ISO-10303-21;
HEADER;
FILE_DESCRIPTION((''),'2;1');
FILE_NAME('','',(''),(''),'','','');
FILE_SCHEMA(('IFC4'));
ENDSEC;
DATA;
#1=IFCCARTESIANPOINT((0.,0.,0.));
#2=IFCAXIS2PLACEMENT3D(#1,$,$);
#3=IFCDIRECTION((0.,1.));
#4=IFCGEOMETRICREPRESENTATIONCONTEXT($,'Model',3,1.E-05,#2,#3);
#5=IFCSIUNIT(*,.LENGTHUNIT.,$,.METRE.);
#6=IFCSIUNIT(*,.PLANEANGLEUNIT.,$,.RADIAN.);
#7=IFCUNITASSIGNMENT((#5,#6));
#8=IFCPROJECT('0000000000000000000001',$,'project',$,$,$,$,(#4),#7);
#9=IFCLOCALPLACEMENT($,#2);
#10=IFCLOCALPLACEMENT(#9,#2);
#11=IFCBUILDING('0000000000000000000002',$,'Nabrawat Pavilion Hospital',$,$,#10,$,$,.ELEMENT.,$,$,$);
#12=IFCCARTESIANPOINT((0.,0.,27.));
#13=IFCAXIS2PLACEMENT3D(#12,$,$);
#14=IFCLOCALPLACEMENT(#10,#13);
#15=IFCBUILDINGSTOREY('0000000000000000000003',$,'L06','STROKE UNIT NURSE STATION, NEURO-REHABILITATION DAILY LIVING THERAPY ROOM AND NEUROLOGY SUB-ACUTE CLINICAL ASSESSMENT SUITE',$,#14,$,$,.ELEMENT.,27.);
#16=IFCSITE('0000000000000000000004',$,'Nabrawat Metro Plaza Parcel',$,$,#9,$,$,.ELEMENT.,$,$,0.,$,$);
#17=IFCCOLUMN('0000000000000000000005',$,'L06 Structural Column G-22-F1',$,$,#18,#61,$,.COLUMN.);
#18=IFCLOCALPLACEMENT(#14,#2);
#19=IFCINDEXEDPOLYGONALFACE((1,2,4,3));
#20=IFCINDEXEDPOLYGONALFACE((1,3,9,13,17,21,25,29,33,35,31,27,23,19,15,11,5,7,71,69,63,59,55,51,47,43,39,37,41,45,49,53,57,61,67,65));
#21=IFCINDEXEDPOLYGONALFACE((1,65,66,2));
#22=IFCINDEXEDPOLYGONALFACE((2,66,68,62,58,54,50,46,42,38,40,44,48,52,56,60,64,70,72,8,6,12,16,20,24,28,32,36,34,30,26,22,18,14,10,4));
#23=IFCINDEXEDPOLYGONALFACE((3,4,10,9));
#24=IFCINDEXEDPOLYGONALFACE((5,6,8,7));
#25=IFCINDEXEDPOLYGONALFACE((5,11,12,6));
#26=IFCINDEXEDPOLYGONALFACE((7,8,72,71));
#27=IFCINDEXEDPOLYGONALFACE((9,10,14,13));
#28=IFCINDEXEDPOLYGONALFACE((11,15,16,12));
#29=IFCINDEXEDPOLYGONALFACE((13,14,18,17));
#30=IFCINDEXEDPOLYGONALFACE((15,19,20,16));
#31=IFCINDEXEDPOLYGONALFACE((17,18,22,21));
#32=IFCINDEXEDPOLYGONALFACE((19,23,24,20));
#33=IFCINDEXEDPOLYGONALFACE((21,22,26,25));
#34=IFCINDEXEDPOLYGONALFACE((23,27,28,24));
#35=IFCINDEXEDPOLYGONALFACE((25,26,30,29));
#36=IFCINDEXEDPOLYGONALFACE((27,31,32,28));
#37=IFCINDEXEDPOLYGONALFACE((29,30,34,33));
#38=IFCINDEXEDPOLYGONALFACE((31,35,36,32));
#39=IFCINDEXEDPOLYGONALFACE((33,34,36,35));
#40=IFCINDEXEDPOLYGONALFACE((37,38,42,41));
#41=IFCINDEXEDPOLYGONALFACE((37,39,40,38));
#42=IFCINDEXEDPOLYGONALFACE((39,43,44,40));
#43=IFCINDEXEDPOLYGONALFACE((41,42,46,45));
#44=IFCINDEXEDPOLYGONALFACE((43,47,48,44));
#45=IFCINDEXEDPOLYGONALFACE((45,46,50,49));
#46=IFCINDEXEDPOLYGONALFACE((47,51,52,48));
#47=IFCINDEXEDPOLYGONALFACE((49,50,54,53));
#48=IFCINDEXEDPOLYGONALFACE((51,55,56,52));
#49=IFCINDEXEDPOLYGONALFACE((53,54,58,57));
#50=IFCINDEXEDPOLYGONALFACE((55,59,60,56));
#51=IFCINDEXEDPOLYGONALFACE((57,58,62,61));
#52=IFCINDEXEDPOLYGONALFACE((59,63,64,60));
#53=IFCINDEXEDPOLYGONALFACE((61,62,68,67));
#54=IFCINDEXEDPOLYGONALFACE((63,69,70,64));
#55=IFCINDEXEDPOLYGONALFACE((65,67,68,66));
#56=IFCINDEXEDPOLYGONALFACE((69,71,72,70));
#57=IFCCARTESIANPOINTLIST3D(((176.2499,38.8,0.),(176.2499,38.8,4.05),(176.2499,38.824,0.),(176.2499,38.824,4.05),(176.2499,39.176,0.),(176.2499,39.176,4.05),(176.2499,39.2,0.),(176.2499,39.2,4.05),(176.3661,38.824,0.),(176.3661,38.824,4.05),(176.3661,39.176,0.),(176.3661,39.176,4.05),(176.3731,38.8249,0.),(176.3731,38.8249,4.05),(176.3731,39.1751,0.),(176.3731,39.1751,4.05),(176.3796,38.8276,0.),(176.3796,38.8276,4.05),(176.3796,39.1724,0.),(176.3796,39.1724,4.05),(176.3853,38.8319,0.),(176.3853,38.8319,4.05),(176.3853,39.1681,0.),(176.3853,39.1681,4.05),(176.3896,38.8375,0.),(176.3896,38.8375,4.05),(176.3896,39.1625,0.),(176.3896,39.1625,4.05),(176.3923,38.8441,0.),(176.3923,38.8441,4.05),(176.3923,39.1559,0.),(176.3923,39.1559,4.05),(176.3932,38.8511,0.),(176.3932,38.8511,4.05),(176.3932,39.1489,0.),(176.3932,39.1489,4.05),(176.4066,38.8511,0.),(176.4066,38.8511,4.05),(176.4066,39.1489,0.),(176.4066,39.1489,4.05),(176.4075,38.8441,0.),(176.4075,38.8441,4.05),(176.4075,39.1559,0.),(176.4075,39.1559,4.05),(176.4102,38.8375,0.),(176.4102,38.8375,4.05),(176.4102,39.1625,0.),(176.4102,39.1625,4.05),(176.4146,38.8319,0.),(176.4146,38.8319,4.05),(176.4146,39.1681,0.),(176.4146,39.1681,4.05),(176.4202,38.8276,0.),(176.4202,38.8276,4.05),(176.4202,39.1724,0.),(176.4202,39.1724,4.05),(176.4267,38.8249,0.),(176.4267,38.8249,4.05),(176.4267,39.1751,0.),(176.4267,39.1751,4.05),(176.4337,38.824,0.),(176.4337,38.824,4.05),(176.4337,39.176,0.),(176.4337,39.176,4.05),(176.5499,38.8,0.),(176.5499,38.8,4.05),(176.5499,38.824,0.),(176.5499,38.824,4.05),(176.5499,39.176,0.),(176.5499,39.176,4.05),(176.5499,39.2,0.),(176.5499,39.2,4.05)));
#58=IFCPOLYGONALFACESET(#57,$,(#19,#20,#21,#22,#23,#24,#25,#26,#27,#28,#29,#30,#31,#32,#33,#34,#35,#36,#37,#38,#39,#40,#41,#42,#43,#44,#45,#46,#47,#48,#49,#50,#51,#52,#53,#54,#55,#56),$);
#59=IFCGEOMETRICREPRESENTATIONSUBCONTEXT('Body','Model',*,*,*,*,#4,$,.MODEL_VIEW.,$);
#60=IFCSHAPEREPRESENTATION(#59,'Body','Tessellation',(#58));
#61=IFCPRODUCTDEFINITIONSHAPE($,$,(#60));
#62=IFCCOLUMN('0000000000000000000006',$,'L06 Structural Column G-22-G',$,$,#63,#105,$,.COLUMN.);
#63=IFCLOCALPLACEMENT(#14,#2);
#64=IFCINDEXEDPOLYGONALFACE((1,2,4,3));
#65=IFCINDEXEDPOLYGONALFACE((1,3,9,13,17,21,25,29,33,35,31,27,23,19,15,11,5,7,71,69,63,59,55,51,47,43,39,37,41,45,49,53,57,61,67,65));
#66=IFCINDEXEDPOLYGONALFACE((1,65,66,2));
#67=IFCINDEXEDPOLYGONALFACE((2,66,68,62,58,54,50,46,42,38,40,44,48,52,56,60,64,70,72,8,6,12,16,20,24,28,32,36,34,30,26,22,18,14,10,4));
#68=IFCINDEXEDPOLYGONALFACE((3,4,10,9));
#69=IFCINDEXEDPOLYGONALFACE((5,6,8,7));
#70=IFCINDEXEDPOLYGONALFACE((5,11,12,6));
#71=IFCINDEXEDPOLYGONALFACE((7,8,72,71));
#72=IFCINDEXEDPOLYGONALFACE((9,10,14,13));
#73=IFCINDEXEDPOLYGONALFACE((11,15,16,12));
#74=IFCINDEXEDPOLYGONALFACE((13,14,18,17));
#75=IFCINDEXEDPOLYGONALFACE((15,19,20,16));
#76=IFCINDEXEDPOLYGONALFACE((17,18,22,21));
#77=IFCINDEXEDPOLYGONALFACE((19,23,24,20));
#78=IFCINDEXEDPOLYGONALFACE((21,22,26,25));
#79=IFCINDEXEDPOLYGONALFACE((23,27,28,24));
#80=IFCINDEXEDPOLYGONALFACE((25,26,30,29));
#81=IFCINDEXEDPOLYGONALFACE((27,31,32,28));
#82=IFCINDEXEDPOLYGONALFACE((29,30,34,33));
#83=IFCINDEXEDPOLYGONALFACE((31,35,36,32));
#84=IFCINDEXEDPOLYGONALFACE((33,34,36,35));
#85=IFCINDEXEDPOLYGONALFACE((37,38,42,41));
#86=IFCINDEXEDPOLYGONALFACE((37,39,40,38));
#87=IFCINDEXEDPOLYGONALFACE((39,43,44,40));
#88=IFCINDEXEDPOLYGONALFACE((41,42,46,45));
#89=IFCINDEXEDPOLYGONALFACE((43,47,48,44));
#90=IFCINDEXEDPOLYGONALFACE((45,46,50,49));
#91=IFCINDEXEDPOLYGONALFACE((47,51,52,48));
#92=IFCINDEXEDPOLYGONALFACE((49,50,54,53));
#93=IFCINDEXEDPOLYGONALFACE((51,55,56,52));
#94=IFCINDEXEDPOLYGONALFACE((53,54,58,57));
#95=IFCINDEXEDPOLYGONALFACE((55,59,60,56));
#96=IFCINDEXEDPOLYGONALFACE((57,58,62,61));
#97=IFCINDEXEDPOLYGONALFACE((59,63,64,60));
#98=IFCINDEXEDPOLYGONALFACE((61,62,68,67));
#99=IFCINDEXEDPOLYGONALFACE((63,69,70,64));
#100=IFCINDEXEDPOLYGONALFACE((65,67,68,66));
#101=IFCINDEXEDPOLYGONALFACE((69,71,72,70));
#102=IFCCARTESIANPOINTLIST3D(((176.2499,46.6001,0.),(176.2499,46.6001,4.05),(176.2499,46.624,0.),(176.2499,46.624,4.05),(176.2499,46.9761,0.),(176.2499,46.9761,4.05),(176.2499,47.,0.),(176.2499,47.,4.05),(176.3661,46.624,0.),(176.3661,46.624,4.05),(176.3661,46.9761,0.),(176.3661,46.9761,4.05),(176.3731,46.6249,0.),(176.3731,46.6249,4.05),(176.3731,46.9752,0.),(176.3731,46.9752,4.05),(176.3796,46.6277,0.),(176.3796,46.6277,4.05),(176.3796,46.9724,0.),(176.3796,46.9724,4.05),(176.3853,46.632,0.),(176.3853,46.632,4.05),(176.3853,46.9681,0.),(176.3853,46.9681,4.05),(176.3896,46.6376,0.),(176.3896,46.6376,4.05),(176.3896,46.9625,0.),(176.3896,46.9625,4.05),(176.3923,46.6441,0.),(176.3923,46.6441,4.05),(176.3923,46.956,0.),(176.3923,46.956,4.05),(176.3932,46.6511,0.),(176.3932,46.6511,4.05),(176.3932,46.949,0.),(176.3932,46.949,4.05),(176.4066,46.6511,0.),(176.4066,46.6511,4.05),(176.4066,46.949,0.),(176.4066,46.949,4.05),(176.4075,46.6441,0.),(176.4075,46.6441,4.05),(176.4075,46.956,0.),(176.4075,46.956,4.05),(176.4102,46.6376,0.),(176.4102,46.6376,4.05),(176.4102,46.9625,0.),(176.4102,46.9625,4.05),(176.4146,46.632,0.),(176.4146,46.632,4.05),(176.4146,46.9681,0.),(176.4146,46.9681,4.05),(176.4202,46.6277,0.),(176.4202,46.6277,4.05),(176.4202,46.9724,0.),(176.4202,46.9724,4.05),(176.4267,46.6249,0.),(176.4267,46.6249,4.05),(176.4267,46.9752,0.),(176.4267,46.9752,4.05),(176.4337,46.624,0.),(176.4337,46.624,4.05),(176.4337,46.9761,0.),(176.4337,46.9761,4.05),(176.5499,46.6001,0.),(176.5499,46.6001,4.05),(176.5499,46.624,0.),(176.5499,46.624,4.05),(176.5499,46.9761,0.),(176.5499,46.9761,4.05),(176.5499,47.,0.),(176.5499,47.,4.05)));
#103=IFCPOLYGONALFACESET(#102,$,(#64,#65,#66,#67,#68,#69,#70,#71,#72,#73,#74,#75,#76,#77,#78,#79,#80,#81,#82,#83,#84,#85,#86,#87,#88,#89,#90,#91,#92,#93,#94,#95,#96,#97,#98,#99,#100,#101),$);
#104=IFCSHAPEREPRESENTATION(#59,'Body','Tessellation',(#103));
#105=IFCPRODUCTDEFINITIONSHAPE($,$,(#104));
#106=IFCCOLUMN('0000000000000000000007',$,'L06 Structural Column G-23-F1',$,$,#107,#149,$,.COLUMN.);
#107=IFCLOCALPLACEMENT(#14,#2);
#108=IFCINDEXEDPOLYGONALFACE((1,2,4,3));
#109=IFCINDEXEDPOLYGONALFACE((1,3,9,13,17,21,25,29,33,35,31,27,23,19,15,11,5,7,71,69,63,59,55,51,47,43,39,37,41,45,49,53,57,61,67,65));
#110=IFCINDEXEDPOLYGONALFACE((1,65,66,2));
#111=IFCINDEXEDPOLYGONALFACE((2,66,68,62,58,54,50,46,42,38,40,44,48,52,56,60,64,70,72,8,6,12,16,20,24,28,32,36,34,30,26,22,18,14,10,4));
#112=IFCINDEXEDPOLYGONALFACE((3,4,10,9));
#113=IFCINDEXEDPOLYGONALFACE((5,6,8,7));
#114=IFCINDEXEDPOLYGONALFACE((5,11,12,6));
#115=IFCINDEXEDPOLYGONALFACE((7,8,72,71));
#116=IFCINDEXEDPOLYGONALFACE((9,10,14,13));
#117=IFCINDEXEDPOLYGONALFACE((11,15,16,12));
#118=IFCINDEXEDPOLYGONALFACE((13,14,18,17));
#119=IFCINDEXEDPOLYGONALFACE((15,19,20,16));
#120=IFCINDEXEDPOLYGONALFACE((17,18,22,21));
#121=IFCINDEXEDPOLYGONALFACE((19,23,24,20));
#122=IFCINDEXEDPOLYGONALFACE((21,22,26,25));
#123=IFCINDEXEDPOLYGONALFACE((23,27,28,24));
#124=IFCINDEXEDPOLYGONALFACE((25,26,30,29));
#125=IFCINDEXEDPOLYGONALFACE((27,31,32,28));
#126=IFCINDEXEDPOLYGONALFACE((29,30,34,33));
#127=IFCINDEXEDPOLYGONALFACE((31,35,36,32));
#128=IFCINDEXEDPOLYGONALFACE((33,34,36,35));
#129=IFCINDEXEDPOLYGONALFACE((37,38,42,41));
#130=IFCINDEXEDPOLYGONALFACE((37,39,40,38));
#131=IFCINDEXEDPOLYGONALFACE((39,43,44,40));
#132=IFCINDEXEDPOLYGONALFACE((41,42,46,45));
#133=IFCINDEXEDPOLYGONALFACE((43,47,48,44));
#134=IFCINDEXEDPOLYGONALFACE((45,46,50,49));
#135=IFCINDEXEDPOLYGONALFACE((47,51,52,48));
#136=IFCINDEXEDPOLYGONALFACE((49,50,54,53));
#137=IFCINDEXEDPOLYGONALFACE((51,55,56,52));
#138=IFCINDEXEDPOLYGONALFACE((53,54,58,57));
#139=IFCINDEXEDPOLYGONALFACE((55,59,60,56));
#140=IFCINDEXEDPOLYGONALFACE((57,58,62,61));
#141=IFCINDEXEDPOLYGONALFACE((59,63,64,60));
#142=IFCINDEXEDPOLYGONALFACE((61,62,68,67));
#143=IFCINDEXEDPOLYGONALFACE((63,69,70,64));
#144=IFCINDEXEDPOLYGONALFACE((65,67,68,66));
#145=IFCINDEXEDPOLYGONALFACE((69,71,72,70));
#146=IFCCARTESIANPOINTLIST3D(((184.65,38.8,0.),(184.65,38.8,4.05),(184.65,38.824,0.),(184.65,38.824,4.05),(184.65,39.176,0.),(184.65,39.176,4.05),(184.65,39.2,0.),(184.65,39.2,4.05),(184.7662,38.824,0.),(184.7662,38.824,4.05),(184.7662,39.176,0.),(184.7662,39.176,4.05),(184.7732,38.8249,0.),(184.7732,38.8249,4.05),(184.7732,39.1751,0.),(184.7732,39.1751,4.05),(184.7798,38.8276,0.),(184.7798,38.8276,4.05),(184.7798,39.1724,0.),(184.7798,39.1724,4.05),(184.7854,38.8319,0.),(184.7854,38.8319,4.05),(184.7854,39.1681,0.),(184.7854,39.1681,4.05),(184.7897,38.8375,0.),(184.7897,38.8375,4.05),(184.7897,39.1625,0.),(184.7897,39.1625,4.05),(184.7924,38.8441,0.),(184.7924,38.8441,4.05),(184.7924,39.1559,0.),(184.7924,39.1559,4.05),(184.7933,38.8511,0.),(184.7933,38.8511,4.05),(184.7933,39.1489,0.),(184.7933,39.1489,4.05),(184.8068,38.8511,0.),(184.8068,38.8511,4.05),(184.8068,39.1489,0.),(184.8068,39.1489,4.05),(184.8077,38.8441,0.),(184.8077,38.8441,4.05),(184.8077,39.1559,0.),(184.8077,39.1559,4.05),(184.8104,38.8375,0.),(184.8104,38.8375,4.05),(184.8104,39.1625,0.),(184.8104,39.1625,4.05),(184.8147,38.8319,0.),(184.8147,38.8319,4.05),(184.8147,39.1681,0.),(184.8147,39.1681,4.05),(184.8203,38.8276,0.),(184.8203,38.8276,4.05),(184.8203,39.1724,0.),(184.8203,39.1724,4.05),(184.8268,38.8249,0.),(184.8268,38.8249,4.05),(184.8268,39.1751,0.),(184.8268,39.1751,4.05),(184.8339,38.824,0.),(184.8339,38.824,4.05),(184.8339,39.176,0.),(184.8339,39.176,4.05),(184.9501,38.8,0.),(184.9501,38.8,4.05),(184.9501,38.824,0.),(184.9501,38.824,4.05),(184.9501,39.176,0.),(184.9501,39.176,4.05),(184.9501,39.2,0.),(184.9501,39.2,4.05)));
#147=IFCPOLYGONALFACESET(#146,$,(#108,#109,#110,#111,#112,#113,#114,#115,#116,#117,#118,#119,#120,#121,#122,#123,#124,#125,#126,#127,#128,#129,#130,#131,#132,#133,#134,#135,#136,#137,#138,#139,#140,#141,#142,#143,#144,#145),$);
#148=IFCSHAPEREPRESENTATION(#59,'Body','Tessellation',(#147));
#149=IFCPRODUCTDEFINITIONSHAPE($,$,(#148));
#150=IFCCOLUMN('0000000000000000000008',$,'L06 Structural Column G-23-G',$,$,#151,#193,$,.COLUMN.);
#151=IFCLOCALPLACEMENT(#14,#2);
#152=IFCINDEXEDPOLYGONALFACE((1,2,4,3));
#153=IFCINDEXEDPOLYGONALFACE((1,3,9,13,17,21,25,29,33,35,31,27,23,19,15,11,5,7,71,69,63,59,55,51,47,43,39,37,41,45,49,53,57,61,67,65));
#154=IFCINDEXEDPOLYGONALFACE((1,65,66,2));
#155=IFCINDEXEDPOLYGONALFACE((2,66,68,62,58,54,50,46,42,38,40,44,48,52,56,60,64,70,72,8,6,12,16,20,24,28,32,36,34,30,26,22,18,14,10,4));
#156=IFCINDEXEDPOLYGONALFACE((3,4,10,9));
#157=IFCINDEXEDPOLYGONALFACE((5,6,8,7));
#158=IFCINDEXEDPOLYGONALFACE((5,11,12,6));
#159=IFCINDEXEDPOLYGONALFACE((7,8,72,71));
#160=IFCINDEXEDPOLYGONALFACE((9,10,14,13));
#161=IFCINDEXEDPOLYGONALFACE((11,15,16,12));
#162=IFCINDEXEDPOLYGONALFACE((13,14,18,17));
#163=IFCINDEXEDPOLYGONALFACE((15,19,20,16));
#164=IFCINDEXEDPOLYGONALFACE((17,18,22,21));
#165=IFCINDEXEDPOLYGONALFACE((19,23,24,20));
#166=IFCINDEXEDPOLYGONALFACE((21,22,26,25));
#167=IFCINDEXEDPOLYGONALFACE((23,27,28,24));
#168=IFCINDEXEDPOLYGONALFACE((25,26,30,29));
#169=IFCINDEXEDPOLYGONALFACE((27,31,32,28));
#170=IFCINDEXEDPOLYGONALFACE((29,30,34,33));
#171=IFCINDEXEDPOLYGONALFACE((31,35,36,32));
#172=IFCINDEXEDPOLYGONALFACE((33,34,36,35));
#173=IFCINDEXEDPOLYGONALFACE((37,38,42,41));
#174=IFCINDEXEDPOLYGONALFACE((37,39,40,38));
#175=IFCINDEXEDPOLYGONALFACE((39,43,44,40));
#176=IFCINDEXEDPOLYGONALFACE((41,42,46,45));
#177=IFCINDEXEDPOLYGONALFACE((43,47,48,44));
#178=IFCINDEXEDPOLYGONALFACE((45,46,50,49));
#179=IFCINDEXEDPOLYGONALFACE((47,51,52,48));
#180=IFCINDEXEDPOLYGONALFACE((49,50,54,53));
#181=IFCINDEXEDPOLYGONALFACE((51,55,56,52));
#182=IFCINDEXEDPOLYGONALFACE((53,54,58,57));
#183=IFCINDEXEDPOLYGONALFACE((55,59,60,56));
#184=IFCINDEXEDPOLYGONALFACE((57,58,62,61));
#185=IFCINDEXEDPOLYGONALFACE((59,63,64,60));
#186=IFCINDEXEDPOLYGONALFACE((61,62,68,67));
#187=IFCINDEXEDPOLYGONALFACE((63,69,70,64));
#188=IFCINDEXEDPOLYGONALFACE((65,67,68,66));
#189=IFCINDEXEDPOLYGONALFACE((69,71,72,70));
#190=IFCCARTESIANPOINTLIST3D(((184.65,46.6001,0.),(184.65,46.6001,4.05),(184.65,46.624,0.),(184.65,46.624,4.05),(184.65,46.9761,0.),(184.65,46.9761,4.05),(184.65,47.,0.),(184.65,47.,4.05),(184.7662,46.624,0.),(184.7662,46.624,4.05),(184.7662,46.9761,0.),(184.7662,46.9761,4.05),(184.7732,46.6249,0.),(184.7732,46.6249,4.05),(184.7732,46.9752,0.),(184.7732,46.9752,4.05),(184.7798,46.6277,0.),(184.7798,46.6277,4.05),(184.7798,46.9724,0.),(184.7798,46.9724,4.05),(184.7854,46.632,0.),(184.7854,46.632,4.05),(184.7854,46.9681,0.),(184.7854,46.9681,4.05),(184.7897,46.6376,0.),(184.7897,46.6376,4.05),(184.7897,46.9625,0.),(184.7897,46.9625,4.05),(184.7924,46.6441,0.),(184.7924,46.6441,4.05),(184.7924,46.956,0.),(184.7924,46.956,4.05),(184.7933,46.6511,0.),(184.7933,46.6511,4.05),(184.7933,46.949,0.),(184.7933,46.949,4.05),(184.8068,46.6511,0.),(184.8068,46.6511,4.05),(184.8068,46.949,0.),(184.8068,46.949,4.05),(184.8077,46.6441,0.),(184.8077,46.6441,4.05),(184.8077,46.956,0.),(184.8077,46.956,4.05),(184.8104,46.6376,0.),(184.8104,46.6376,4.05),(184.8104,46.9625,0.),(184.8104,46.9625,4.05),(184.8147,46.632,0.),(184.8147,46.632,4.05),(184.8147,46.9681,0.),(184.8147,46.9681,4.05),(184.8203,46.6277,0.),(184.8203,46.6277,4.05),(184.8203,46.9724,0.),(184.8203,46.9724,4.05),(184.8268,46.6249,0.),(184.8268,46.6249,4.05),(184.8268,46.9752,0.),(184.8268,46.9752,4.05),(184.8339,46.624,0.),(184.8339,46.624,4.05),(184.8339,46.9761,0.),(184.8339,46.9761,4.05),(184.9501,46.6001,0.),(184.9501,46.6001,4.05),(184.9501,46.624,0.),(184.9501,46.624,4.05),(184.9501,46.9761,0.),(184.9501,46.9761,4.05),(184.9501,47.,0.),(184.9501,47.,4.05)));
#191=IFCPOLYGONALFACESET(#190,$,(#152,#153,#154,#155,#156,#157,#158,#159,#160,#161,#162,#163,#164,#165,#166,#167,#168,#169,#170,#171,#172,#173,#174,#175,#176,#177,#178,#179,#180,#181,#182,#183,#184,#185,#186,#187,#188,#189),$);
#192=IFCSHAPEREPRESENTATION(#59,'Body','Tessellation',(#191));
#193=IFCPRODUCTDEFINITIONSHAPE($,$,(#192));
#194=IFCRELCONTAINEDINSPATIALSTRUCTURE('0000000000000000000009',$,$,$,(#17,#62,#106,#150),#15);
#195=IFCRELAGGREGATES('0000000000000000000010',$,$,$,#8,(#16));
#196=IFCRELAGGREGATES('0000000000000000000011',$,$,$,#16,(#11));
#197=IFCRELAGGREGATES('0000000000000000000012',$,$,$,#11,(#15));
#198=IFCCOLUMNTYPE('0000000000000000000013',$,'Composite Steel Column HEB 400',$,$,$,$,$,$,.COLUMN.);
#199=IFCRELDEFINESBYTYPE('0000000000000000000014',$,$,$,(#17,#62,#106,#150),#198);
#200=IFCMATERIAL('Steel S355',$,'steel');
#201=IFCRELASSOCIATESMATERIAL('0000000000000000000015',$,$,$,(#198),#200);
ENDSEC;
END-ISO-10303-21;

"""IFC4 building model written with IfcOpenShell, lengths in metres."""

from ifc_helpers import new_model, si_unit, direction, frame, origin, origin_2d, place, context, subcontext, project, spatial, i_section, extrude, material, material_profile, profile_set, type_object, element, save


model = new_model("IFC4")

# Units and contexts
model_context = context("Model", 3, precision=1e-05, world=origin(), true_north=direction((0.0, 1.0)))
body_context = subcontext(model_context, "Body", "Model", "MODEL_VIEW")
ifc_project = project(units=[si_unit("LENGTHUNIT", "METRE"), si_unit("PLANEANGLEUNIT", "RADIAN")], contexts=[model_context])

# Site, building, storey
site_placement = place(None, origin())
site = spatial("IfcSite", under=ifc_project, at=site_placement, Name="Nabrawat Metro Plaza Parcel", CompositionType="ELEMENT", RefElevation=0.0)
building_placement = place(site_placement, origin())
building = spatial("IfcBuilding", under=site, at=building_placement, Name="Nabrawat Pavilion Hospital", CompositionType="ELEMENT")
storey_placement = place(building_placement, frame((0.0, 0.0, 27.0)))
storey = spatial("IfcBuildingStorey", under=building, at=storey_placement, Name="L06", Description="STROKE UNIT NURSE STATION, NEURO-REHABILITATION DAILY LIVING THERAPY ROOM AND NEUROLOGY SUB-ACUTE CLINICAL ASSESSMENT SUITE", CompositionType="ELEMENT", Elevation=27.0)

# Columns
ifc_material_1 = material(Name="Steel S355", Category="steel")
ifc_material_profile_1 = material_profile(ifc_material_1, i_section(OverallWidth=0.3, OverallDepth=0.3999, WebThickness=0.0134, FlangeThickness=0.0239, FilletRadius=0.0271, at=origin_2d()), Name="HEB 400")
ifc_profile_set_1 = profile_set([ifc_material_profile_1], Name="Steel S355")
column_type = type_object("IfcColumnType", Name="Composite Steel Column HEB 400", PredefinedType="COLUMN", material=ifc_profile_set_1)
for number, where, z_axis, x_axis, name in (
    (1, (176.3999, 39.0, 0.0), (0.0, 0.0, 1.0), (1.0, 0.0, 0.0), "L06 Structural Column G-22-F1"),
    (2, (176.3999, 46.8, 0.0), (0.0, 0.0, 1.0), (1.0, 0.0, 0.0), "L06 Structural Column G-22-G"),
    (3, (184.8, 39.0, 0.0), (0.0, 0.0, 1.0), (1.0, 0.0, 0.0), "L06 Structural Column G-23-F1"),
    (4, (184.8, 46.8, 0.0), (0.0, 0.0, 1.0), (1.0, 0.0, 0.0), "L06 Structural Column G-23-G"),
):
    element("IfcColumn", number, at=place(storey_placement, frame(where, z_axis=z_axis, x_axis=x_axis)), inside=storey, type_object=column_type, Name=name, PredefinedType="COLUMN", context=body_context, shape_type="SweptSolid", body=[
        extrude(i_section(OverallWidth=0.3, OverallDepth=0.3999, WebThickness=0.0134, FlangeThickness=0.0239, FilletRadius=0.0271, at=origin_2d()), origin(), (0.0, 0.0, 1.0), 4.05),
    ])

save(model, "model.ifc")
